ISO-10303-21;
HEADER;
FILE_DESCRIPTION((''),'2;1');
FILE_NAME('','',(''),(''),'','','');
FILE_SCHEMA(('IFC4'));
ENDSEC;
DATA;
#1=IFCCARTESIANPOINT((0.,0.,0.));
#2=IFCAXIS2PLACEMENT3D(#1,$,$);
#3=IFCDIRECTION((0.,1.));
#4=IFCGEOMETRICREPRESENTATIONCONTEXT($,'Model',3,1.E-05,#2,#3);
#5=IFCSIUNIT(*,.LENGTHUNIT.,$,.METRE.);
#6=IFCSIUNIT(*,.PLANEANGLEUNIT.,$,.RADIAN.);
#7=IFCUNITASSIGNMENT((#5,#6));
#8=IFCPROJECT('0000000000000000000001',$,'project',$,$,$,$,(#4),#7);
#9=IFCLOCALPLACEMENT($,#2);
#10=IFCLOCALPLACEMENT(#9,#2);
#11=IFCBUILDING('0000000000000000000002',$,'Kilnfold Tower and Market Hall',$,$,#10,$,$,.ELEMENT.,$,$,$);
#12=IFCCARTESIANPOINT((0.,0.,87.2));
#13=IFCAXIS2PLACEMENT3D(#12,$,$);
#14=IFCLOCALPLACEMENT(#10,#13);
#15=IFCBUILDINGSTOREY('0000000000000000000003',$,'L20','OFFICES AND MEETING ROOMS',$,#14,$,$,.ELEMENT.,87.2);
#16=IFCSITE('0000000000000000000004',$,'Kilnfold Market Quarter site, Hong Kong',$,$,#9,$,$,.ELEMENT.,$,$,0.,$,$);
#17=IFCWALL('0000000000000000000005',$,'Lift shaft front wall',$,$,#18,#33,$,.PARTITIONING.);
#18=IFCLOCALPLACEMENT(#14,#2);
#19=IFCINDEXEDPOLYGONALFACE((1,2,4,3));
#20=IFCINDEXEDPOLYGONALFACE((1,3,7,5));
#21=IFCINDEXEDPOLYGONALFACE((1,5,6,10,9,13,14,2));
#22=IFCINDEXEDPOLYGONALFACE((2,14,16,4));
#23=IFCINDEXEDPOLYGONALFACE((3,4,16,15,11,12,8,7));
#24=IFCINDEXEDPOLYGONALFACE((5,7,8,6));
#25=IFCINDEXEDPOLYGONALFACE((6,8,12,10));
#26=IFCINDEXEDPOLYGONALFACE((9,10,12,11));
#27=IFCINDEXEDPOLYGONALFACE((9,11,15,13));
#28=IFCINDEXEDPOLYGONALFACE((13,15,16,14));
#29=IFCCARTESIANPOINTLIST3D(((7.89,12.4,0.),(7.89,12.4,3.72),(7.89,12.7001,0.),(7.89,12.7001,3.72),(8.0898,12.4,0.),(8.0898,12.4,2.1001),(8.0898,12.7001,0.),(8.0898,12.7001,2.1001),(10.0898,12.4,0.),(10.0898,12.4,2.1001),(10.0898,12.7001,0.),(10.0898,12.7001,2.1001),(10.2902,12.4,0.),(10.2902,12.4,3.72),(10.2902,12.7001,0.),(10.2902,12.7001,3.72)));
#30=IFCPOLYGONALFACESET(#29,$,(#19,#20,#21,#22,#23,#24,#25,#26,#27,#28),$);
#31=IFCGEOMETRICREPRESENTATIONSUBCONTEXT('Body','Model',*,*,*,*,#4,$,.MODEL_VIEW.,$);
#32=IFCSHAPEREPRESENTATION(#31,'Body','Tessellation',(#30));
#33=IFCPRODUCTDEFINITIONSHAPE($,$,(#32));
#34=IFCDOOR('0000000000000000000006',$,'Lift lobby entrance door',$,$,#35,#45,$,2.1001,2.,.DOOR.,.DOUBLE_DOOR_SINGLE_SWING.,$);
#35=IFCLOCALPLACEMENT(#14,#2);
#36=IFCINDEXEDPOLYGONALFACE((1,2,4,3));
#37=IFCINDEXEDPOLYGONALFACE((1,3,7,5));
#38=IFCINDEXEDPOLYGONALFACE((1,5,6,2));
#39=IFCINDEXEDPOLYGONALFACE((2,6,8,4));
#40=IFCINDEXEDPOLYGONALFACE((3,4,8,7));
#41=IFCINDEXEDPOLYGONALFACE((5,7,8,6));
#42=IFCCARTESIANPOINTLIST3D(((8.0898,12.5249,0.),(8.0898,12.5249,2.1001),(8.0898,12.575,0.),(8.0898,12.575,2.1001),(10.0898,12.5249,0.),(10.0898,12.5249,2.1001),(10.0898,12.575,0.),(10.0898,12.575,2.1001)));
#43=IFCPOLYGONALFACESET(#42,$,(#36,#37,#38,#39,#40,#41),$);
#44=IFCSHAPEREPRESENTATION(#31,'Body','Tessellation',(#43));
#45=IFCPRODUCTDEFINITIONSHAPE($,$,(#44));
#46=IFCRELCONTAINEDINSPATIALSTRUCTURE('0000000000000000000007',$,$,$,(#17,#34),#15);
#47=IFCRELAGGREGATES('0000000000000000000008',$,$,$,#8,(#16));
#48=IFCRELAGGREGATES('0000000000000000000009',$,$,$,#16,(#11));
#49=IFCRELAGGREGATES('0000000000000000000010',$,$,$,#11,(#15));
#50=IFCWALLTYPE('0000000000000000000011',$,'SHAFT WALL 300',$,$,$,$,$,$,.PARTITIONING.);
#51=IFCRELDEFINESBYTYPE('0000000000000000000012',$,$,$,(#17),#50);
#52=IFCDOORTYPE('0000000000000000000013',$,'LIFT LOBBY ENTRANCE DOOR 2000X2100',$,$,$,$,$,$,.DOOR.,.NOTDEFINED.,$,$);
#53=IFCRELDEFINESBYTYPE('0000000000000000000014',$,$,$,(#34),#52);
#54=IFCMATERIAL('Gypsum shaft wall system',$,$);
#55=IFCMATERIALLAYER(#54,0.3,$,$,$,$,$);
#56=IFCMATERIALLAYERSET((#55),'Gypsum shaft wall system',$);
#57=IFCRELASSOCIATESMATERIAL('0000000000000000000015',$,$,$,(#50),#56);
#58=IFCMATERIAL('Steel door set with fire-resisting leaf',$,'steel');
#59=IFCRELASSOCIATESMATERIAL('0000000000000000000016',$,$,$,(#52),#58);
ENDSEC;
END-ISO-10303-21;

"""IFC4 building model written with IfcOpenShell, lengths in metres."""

from ifc_helpers import new_model, si_unit, direction, frame, frame_2d, origin, place, context, subcontext, project, spatial, rectangle, extrude, source, transform, mapped, material, layer, layer_set, type_object, element, fill, save


model = new_model("IFC4")

# Units and contexts
model_context = context("Model", 3, precision=1e-05, world=origin(), true_north=direction((0.0, 1.0)))
body_context = subcontext(model_context, "Body", "Model", "MODEL_VIEW")
ifc_project = project(units=[si_unit("LENGTHUNIT", "METRE"), si_unit("PLANEANGLEUNIT", "RADIAN")], contexts=[model_context])

# Site, building, storey
site_placement = place(None, origin())
site = spatial("IfcSite", under=ifc_project, at=site_placement, Name="Kilnfold Market Quarter site, Hong Kong", CompositionType="ELEMENT", RefElevation=0.0)
building_placement = place(site_placement, origin())
building = spatial("IfcBuilding", under=site, at=building_placement, Name="Kilnfold Tower and Market Hall", CompositionType="ELEMENT")
storey_placement = place(building_placement, frame((0.0, 0.0, 87.2)))
storey = spatial("IfcBuildingStorey", under=building, at=storey_placement, Name="L20", Description="OFFICES AND MEETING ROOMS", CompositionType="ELEMENT", Elevation=87.2)

# Shared definitions
ifc_material_1 = material(Name="Gypsum shaft wall system")
ifc_layer_1 = layer(ifc_material_1, 0.3)
ifc_layer_set_1 = layer_set([ifc_layer_1], Name="Gypsum shaft wall system")
wall_type_1 = type_object("IfcWallType", Name="SHAFT WALL 300", PredefinedType="PARTITIONING", material=ifc_layer_set_1)

# Wall, opening, door
shared_shape_1 = source(origin(), body_context, "Body", "SweptSolid", [
    extrude(rectangle(XDim=2.4001, YDim=0.3, at=frame_2d((1.2002, 0.0))), origin(), (0.0, 0.0, 1.0), 3.72),
])
wall_1_placement = place(storey_placement, frame((7.8899, 12.55, 0.0), z_axis=(0.0, 0.0, 1.0), x_axis=(1.0, 0.0, 0.0)))
wall_1 = element("IfcWall", 1, at=wall_1_placement, inside=storey, type_object=wall_type_1, Name="Lift shaft front wall", PredefinedType="PARTITIONING", context=body_context, shape_type="MappedRepresentation", body=[
    mapped(shared_shape_1, transform((0.0, 0.0, 0.0))),
])
opening_1_placement = place(wall_1_placement, frame((0.2, 0.0, 0.0)))
opening_1 = element("IfcOpeningElement", 2, at=opening_1_placement, cuts=wall_1, PredefinedType="OPENING", context=body_context, shape_type="SweptSolid", body=[
    extrude(rectangle(XDim=2.0, YDim=2.1001, at=frame_2d((1.0, 1.05))), frame((0.0, 0.1602, 0.0), z_axis=(0.0, -1.0, 0.0), x_axis=(1.0, 0.0, 0.0)), (0.0, 0.0, 1.0), 0.3201),
])
ifc_material_2 = material(Name="Steel door set with fire-resisting leaf", Category="steel")
door_type_1 = type_object("IfcDoorType", Name="LIFT LOBBY ENTRANCE DOOR 2000X2100", OperationType="NOTDEFINED", PredefinedType="DOOR", material=ifc_material_2)
door_1_placement = place(opening_1_placement, origin())
door_1 = element("IfcDoor", 3, at=door_1_placement, inside=storey, type_object=door_type_1, Name="Lift lobby entrance door", OperationType="DOUBLE_DOOR_SINGLE_SWING", OverallHeight=2.1001, OverallWidth=2.0, PredefinedType="DOOR", context=body_context, shape_type="SweptSolid", body=[
    extrude(rectangle(XDim=2.0, YDim=2.1001, at=frame_2d((1.0, 1.05))), frame((0.0, 0.0249, 0.0), z_axis=(0.0, -1.0, 0.0), x_axis=(1.0, 0.0, 0.0)), (0.0, 0.0, 1.0), 0.05),
])
fill(opening_1, door_1)

save(model, "model.ifc")
